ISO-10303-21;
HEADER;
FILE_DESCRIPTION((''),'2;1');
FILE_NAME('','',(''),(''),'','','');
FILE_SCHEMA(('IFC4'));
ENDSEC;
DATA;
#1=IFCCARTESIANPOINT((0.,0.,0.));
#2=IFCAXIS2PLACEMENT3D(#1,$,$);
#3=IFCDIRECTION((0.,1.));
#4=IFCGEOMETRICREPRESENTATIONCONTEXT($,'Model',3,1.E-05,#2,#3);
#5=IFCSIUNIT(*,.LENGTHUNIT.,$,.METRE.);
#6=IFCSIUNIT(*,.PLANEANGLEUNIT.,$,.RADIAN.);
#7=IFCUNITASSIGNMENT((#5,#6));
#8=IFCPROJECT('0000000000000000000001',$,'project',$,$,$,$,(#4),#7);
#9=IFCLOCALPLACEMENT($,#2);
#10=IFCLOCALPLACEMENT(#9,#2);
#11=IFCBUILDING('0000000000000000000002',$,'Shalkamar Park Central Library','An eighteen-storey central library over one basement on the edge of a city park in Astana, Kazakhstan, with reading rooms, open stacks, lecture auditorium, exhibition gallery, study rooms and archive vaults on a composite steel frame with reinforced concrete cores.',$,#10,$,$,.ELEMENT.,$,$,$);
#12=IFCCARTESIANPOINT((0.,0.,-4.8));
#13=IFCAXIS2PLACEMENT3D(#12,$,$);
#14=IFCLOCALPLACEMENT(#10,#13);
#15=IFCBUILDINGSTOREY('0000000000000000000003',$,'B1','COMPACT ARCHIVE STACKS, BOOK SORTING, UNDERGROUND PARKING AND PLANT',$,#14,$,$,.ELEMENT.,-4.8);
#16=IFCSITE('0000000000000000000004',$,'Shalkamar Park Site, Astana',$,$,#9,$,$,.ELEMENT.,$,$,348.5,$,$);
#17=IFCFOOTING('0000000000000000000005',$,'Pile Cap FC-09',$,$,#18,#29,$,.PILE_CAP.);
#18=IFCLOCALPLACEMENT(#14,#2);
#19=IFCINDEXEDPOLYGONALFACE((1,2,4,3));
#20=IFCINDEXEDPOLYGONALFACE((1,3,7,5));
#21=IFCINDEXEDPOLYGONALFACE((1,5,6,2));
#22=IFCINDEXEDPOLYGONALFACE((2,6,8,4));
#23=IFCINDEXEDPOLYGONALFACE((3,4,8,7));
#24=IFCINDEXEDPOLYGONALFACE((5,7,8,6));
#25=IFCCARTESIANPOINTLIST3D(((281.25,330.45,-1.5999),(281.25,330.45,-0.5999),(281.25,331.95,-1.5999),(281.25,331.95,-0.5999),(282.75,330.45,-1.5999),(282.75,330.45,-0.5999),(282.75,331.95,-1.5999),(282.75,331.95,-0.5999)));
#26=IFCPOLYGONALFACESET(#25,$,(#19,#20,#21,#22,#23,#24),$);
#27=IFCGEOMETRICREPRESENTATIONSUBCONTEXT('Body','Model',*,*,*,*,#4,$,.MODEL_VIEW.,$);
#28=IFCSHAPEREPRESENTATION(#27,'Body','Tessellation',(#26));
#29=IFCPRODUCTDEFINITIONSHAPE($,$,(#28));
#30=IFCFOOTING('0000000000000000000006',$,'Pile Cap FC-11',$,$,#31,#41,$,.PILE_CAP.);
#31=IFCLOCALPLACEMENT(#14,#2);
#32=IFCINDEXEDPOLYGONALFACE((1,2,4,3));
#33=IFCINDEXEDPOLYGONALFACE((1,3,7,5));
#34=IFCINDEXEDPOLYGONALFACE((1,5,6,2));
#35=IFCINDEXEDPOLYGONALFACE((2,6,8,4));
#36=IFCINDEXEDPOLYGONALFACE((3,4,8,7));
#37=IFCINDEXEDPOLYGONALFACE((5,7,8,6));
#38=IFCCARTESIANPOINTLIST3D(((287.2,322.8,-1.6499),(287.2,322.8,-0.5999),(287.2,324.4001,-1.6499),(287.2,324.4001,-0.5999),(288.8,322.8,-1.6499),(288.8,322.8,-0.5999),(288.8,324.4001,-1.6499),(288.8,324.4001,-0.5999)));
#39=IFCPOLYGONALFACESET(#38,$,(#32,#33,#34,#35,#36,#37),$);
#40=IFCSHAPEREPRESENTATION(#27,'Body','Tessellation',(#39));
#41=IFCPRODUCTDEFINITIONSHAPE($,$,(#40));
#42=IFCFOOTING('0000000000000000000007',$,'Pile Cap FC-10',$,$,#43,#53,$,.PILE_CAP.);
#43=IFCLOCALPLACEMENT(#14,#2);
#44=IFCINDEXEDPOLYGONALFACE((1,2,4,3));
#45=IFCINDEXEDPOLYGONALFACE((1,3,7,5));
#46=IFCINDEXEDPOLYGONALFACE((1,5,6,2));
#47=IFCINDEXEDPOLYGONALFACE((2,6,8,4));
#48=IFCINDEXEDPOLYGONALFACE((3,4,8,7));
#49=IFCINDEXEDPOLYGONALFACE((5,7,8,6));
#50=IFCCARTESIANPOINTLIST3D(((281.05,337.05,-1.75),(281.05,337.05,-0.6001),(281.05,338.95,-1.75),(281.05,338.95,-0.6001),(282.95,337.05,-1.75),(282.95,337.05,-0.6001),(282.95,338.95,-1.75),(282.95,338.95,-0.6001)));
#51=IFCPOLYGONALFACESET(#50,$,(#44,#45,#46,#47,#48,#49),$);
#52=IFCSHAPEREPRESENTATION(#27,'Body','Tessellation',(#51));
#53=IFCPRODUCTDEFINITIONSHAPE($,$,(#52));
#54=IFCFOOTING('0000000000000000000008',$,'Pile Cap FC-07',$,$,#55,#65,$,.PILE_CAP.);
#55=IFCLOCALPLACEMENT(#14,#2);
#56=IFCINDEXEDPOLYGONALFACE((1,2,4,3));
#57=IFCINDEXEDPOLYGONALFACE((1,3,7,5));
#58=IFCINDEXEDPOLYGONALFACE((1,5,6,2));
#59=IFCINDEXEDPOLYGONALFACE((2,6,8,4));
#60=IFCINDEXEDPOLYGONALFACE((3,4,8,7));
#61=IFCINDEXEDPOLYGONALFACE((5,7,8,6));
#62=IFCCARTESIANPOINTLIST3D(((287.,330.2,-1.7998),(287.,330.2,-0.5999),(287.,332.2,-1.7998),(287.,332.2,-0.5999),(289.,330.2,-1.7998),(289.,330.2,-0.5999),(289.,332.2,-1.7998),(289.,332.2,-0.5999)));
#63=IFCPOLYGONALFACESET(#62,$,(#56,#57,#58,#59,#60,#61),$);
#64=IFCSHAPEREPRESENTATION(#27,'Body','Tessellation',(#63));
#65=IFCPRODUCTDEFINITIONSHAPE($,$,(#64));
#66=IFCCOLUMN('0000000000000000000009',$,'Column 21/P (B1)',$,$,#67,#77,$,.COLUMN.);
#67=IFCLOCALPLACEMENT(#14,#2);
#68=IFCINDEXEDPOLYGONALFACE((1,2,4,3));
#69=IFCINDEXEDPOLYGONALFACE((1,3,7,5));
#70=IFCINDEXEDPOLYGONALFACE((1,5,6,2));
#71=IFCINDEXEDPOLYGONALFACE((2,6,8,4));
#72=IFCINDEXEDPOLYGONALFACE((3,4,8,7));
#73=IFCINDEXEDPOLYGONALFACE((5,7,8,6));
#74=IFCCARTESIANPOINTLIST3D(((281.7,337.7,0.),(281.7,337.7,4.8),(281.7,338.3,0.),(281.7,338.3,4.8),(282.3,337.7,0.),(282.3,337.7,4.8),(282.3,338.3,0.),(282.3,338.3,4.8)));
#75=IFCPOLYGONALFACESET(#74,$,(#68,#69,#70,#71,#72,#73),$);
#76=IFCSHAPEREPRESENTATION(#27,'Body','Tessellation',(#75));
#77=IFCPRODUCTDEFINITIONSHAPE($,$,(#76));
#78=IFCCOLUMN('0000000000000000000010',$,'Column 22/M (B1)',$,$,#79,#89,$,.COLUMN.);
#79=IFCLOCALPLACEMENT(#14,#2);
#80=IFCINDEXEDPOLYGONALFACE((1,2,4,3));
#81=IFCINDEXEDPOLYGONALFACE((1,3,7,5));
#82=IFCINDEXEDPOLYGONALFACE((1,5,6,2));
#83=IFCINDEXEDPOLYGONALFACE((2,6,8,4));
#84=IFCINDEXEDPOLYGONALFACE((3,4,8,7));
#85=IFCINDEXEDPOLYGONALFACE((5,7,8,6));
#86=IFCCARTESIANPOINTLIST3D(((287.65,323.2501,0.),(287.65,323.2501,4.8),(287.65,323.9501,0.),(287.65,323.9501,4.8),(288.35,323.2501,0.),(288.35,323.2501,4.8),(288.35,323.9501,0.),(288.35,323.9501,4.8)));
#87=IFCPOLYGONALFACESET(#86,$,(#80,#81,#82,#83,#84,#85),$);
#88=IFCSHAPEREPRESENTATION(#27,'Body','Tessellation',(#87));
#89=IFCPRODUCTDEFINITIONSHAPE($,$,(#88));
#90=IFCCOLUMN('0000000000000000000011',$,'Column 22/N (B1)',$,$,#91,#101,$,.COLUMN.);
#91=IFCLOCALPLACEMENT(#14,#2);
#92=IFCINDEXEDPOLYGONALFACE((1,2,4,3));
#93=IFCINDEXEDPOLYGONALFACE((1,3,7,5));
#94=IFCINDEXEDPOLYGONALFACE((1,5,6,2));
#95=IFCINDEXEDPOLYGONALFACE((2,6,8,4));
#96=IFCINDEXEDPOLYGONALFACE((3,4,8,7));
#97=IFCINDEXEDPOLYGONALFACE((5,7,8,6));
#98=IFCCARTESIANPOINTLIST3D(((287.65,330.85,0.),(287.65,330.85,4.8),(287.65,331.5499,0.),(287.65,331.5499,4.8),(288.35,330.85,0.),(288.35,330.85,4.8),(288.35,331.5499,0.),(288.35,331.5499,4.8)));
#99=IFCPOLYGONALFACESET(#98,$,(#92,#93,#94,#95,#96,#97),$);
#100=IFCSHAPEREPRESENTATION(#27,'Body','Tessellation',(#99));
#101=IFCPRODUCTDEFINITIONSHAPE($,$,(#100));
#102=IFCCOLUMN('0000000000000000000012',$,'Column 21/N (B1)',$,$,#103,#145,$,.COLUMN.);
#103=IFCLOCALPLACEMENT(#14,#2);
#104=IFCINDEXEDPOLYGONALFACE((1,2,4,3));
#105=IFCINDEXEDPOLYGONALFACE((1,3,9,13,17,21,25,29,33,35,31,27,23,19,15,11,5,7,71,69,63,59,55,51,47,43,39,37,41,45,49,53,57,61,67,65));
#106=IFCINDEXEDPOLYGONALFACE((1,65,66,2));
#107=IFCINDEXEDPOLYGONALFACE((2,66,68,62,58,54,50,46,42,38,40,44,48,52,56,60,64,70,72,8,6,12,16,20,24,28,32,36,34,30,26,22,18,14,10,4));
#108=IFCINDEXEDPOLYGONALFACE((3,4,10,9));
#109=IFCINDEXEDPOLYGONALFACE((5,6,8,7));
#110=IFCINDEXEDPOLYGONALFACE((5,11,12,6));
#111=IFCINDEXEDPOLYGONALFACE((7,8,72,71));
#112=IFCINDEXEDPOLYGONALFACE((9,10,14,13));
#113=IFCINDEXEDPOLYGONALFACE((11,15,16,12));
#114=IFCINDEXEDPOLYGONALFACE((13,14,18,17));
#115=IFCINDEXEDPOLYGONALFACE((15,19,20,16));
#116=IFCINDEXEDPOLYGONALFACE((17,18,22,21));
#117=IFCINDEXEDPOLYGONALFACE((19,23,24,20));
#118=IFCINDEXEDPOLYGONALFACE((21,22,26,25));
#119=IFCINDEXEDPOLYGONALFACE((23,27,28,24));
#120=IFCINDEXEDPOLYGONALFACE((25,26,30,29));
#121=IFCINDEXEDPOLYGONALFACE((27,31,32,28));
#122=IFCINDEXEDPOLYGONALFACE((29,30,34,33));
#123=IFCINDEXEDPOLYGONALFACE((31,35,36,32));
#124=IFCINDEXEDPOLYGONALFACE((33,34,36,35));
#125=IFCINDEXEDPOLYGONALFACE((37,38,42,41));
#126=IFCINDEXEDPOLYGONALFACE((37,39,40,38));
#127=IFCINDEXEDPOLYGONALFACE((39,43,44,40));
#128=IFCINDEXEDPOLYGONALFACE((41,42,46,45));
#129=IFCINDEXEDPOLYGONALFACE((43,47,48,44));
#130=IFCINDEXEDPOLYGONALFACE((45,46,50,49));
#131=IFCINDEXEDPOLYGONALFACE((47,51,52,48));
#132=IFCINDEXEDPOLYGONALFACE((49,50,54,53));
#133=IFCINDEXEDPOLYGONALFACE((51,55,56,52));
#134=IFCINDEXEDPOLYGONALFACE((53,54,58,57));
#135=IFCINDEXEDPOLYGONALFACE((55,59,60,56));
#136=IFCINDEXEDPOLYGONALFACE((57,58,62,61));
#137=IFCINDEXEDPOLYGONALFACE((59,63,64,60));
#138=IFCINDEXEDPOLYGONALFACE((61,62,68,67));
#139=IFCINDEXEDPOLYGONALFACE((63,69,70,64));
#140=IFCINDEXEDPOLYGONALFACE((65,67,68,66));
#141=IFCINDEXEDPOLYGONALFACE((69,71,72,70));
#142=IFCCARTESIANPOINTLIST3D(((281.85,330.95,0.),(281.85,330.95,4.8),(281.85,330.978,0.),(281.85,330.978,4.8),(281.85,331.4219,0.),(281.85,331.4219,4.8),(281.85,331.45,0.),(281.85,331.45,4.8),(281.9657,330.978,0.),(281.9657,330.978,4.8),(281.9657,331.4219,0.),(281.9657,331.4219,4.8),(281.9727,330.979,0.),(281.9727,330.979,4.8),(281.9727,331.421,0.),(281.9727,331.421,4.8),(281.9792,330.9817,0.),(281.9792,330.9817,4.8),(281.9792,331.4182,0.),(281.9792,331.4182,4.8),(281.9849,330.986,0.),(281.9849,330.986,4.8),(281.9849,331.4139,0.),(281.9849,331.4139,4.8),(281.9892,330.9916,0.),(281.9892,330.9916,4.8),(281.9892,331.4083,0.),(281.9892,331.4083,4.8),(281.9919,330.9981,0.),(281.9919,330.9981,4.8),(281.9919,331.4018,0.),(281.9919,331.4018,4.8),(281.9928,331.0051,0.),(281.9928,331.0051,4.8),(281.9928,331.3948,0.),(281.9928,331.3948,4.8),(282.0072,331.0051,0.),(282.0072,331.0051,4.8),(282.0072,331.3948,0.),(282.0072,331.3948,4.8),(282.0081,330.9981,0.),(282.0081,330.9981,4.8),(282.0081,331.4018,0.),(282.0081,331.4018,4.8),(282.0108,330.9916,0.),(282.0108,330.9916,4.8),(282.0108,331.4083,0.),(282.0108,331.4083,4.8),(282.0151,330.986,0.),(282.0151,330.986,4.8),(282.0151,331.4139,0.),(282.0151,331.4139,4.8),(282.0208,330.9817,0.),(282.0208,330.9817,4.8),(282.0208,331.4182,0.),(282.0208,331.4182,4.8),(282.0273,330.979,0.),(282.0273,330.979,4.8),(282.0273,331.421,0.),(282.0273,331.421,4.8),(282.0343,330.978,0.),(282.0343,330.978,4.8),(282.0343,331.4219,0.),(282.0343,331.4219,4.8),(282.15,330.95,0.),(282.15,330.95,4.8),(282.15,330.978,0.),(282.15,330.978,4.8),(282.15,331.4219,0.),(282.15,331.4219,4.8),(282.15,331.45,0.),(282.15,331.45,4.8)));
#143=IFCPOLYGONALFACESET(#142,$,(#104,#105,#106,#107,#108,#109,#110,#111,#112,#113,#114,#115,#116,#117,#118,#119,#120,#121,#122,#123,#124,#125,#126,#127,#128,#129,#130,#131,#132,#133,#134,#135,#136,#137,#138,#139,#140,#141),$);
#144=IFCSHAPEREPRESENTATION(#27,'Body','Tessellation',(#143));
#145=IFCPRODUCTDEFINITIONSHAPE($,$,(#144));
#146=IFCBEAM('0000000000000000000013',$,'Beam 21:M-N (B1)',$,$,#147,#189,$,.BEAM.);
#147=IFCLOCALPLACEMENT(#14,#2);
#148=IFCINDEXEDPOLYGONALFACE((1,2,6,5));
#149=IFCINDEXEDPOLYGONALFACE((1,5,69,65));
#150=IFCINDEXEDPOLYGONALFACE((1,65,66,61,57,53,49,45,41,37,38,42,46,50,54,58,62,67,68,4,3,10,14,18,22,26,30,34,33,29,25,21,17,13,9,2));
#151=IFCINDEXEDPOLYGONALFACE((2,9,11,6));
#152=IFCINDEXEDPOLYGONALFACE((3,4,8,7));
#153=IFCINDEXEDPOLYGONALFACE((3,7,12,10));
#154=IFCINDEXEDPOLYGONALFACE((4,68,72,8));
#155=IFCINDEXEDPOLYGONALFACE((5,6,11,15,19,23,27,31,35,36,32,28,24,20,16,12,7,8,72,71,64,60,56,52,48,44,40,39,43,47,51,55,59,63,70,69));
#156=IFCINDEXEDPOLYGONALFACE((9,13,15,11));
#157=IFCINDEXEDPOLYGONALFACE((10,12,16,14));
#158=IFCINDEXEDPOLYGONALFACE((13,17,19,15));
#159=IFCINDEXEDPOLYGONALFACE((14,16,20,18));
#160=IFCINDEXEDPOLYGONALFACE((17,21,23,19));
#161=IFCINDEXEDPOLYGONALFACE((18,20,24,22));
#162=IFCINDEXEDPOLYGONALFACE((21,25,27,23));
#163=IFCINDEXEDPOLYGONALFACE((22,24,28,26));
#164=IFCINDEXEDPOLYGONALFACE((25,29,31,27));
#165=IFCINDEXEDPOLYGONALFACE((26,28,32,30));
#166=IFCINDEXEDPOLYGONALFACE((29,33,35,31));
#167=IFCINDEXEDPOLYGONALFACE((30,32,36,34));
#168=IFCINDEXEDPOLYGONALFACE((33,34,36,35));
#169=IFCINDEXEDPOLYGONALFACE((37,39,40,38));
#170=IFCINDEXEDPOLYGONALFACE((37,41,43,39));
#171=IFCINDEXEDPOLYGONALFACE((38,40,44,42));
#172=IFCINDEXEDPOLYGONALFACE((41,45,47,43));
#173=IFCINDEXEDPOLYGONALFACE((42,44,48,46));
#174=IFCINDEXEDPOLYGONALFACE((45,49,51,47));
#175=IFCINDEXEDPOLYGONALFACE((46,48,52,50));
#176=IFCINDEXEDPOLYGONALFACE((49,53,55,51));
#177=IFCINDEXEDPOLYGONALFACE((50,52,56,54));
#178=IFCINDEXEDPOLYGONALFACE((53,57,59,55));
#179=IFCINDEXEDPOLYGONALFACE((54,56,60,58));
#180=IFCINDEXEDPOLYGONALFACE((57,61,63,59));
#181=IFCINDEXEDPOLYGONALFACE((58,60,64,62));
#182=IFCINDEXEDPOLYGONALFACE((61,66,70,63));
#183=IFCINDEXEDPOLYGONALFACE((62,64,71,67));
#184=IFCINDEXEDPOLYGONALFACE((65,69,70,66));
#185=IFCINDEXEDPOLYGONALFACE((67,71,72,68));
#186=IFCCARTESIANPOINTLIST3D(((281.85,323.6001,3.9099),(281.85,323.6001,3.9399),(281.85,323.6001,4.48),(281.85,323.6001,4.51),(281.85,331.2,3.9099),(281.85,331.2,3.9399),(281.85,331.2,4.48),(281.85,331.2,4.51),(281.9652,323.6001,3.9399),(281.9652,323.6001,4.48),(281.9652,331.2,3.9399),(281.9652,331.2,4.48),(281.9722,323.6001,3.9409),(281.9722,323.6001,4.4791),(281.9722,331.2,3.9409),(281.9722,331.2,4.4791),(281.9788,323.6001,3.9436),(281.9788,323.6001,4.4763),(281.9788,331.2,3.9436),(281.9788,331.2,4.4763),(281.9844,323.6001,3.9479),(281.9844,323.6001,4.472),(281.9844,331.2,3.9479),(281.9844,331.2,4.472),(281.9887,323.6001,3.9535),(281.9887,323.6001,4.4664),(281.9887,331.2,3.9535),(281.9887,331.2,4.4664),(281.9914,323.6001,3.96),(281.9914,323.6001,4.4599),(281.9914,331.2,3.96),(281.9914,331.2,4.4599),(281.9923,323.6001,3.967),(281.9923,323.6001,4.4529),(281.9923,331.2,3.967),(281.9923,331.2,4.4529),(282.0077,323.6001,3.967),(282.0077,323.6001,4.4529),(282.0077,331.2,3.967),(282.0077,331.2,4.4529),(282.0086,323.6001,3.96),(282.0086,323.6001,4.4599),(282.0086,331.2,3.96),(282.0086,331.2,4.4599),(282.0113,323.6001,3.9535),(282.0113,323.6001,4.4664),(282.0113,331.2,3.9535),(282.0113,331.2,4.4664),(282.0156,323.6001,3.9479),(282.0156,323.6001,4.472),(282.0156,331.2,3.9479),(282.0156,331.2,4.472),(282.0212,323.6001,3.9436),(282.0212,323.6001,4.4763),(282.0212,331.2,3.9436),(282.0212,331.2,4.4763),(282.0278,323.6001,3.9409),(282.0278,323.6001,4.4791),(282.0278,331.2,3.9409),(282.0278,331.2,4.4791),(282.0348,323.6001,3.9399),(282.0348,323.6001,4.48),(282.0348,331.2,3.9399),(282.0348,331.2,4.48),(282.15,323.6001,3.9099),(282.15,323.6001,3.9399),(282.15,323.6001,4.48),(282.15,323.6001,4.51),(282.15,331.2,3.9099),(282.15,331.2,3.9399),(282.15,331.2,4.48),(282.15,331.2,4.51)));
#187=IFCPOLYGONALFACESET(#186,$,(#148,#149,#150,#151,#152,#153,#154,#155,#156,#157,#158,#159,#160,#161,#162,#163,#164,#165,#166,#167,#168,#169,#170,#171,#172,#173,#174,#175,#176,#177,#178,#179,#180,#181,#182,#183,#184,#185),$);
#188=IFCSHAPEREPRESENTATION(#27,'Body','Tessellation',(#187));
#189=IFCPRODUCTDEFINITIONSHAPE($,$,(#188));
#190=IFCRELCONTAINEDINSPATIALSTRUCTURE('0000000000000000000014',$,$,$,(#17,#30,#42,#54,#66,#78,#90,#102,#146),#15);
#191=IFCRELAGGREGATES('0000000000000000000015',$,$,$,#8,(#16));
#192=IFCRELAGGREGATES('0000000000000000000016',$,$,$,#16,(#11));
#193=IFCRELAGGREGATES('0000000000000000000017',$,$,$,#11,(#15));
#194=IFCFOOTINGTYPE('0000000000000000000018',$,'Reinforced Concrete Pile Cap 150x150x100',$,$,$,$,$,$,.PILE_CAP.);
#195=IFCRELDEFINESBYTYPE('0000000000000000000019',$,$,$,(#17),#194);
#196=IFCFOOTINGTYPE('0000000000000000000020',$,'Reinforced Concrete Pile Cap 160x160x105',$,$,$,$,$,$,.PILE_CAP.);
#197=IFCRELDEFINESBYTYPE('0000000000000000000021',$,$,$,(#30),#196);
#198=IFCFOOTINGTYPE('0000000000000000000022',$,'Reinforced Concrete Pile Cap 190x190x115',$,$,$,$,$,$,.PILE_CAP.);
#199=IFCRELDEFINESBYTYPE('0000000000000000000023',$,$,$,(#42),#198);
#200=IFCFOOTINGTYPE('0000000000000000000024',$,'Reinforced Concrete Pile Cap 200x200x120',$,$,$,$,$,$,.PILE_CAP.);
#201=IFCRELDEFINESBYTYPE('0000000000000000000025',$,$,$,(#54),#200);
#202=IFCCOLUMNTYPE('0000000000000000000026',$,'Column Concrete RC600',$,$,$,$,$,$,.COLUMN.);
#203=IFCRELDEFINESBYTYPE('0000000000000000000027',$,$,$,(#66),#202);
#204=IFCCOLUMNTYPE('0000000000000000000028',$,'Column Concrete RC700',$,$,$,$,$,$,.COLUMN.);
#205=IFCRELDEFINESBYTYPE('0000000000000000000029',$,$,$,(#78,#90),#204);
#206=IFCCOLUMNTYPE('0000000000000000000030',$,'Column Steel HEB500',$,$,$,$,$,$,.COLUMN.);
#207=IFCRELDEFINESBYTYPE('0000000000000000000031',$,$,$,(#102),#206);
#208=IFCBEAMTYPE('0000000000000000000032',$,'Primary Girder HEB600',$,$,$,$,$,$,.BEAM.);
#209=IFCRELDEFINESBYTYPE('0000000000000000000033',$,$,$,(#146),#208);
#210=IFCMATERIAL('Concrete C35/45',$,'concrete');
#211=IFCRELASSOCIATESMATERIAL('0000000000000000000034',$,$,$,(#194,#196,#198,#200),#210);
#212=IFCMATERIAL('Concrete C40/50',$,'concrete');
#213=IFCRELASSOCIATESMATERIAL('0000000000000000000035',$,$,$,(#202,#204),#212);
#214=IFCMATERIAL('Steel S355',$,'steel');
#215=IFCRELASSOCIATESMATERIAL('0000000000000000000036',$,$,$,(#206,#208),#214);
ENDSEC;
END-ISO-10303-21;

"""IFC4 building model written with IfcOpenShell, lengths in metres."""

from ifc_helpers import new_model, si_unit, direction, frame, origin, origin_2d, place, context, subcontext, project, spatial, rectangle, i_section, extrude, material, material_profile, profile_set, type_object, element, save


model = new_model("IFC4")

# Units and contexts
model_context = context("Model", 3, precision=1e-05, world=origin(), true_north=direction((0.0, 1.0)))
body_context = subcontext(model_context, "Body", "Model", "MODEL_VIEW")
ifc_project = project(units=[si_unit("LENGTHUNIT", "METRE"), si_unit("PLANEANGLEUNIT", "RADIAN")], contexts=[model_context])

# Site, building, storey
site_placement = place(None, origin())
site = spatial("IfcSite", under=ifc_project, at=site_placement, Name="Shalkamar Park Site, Astana", CompositionType="ELEMENT", RefElevation=348.5)
building_placement = place(site_placement, origin())
building = spatial("IfcBuilding", under=site, at=building_placement, Name="Shalkamar Park Central Library", Description="An eighteen-storey central library over one basement on the edge of a city park in Astana, Kazakhstan, with reading rooms, open stacks, lecture auditorium, exhibition gallery, study rooms and archive vaults on a composite steel frame with reinforced concrete cores.", CompositionType="ELEMENT")
storey_placement = place(building_placement, frame((0.0, 0.0, -4.8)))
storey = spatial("IfcBuildingStorey", under=building, at=storey_placement, Name="B1", Description="COMPACT ARCHIVE STACKS, BOOK SORTING, UNDERGROUND PARKING AND PLANT", CompositionType="ELEMENT", Elevation=-4.8)

# Shared definitions
ifc_material_1 = material(Name="Concrete C35/45", Category="concrete")

# Footings
footing_type_1 = type_object("IfcFootingType", Name="Reinforced Concrete Pile Cap 150x150x100", PredefinedType="PILE_CAP", material=ifc_material_1)
footing_1_placement = place(storey_placement, frame((282.0, 331.2, -1.5999), z_axis=(0.0, 0.0, 1.0), x_axis=(1.0, 0.0, 0.0)))
element("IfcFooting", 1, at=footing_1_placement, inside=storey, type_object=footing_type_1, Name="Pile Cap FC-09", PredefinedType="PILE_CAP", context=body_context, shape_type="SweptSolid", body=[
    extrude(rectangle(XDim=1.5, YDim=1.5, at=origin_2d()), origin(), (0.0, 0.0, 1.0), 1.0),
])
footing_type_2 = type_object("IfcFootingType", Name="Reinforced Concrete Pile Cap 160x160x105", PredefinedType="PILE_CAP", material=ifc_material_1)
footing_2_placement = place(storey_placement, frame((288.0, 323.6001, -1.6499), z_axis=(0.0, 0.0, 1.0), x_axis=(1.0, 0.0, 0.0)))
element("IfcFooting", 2, at=footing_2_placement, inside=storey, type_object=footing_type_2, Name="Pile Cap FC-11", PredefinedType="PILE_CAP", context=body_context, shape_type="SweptSolid", body=[
    extrude(rectangle(XDim=1.6001, YDim=1.6001, at=origin_2d()), origin(), (0.0, 0.0, 1.0), 1.05),
])
footing_type_3 = type_object("IfcFootingType", Name="Reinforced Concrete Pile Cap 190x190x115", PredefinedType="PILE_CAP", material=ifc_material_1)
footing_3_placement = place(storey_placement, frame((282.0, 338.0, -1.75), z_axis=(0.0, 0.0, 1.0), x_axis=(1.0, 0.0, 0.0)))
element("IfcFooting", 3, at=footing_3_placement, inside=storey, type_object=footing_type_3, Name="Pile Cap FC-10", PredefinedType="PILE_CAP", context=body_context, shape_type="SweptSolid", body=[
    extrude(rectangle(XDim=1.8999, YDim=1.8999, at=origin_2d()), origin(), (0.0, 0.0, 1.0), 1.1499),
])
footing_type_4 = type_object("IfcFootingType", Name="Reinforced Concrete Pile Cap 200x200x120", PredefinedType="PILE_CAP", material=ifc_material_1)
footing_4_placement = place(storey_placement, frame((288.0, 331.2, -1.7998), z_axis=(0.0, 0.0, 1.0), x_axis=(1.0, 0.0, 0.0)))
element("IfcFooting", 4, at=footing_4_placement, inside=storey, type_object=footing_type_4, Name="Pile Cap FC-07", PredefinedType="PILE_CAP", context=body_context, shape_type="SweptSolid", body=[
    extrude(rectangle(XDim=2.0, YDim=2.0, at=origin_2d()), origin(), (0.0, 0.0, 1.0), 1.2),
])

# Columns
ifc_material_2 = material(Name="Concrete C40/50", Category="concrete")
ifc_material_profile_1 = material_profile(ifc_material_2, rectangle(XDim=0.6001, YDim=0.6001, at=origin_2d()), Name="RC 600x600")
ifc_profile_set_1 = profile_set([ifc_material_profile_1], Name="Concrete C40/50")
column_type_1 = type_object("IfcColumnType", Name="Column Concrete RC600", PredefinedType="COLUMN", material=ifc_profile_set_1)
column_1_placement = place(storey_placement, frame((282.0, 338.0, 0.0), z_axis=(0.0, 0.0, 1.0), x_axis=(1.0, 0.0, 0.0)))
element("IfcColumn", 5, at=column_1_placement, inside=storey, type_object=column_type_1, Name="Column 21/P (B1)", PredefinedType="COLUMN", context=body_context, shape_type="SweptSolid", body=[
    extrude(rectangle(XDim=0.6001, YDim=0.6001, at=origin_2d()), origin(), (0.0, 0.0, 1.0), 4.8),
])
ifc_material_profile_2 = material_profile(ifc_material_2, rectangle(XDim=0.7, YDim=0.7, at=origin_2d()), Name="RC 700x700")
ifc_profile_set_2 = profile_set([ifc_material_profile_2], Name="Concrete C40/50")
column_type_2 = type_object("IfcColumnType", Name="Column Concrete RC700", PredefinedType="COLUMN", material=ifc_profile_set_2)
for number, where, z_axis, x_axis, name in (
    (6, (288.0, 323.6001, 0.0), (0.0, 0.0, 1.0), (1.0, 0.0, 0.0), "Column 22/M (B1)"),
    (7, (288.0, 331.2, 0.0), (0.0, 0.0, 1.0), (1.0, 0.0, 0.0), "Column 22/N (B1)"),
):
    element("IfcColumn", number, at=place(storey_placement, frame(where, z_axis=z_axis, x_axis=x_axis)), inside=storey, type_object=column_type_2, Name=name, PredefinedType="COLUMN", context=body_context, shape_type="SweptSolid", body=[
        extrude(rectangle(XDim=0.7, YDim=0.7, at=origin_2d()), origin(), (0.0, 0.0, 1.0), 4.8),
    ])
ifc_material_3 = material(Name="Steel S355", Category="steel")
ifc_material_profile_3 = material_profile(ifc_material_3, i_section(OverallWidth=0.3, OverallDepth=0.5, WebThickness=0.0144, FlangeThickness=0.0281, FilletRadius=0.0271, at=origin_2d()), Name="HEB 500")
ifc_profile_set_3 = profile_set([ifc_material_profile_3], Name="Steel S355")
column_type_3 = type_object("IfcColumnType", Name="Column Steel HEB500", PredefinedType="COLUMN", material=ifc_profile_set_3)
column_2_placement = place(storey_placement, frame((282.0, 331.2, 0.0), z_axis=(0.0, 0.0, 1.0), x_axis=(1.0, 0.0, 0.0)))
element("IfcColumn", 8, at=column_2_placement, inside=storey, type_object=column_type_3, Name="Column 21/N (B1)", PredefinedType="COLUMN", context=body_context, shape_type="SweptSolid", body=[
    extrude(i_section(OverallWidth=0.3, OverallDepth=0.5, WebThickness=0.0144, FlangeThickness=0.0281, FilletRadius=0.0271, at=origin_2d()), origin(), (0.0, 0.0, 1.0), 4.8),
])

# Beam
ifc_material_profile_4 = material_profile(ifc_material_3, i_section(OverallWidth=0.3, OverallDepth=0.6001, WebThickness=0.0154, FlangeThickness=0.03, FilletRadius=0.0271, at=origin_2d()), Name="HEB 600")
ifc_profile_set_4 = profile_set([ifc_material_profile_4], Name="Steel S355")
beam_type_1 = type_object("IfcBeamType", Name="Primary Girder HEB600", PredefinedType="BEAM", material=ifc_profile_set_4)
for number, where, z_axis, x_axis, name in (
    (9, (282.0, 323.6001, 4.21), (0.0, 1.0, 0.0), (-1.0, 0.0, 0.0), "Beam 21:M-N (B1)"),
):
    element("IfcBeam", number, at=place(storey_placement, frame(where, z_axis=z_axis, x_axis=x_axis)), inside=storey, type_object=beam_type_1, Name=name, PredefinedType="BEAM", context=body_context, shape_type="SweptSolid", body=[
        extrude(i_section(OverallWidth=0.3, OverallDepth=0.6001, WebThickness=0.0154, FlangeThickness=0.03, FilletRadius=0.0271, at=origin_2d()), origin(), (0.0, 0.0, 1.0), 7.5999),
    ])

save(model, "model.ifc")
